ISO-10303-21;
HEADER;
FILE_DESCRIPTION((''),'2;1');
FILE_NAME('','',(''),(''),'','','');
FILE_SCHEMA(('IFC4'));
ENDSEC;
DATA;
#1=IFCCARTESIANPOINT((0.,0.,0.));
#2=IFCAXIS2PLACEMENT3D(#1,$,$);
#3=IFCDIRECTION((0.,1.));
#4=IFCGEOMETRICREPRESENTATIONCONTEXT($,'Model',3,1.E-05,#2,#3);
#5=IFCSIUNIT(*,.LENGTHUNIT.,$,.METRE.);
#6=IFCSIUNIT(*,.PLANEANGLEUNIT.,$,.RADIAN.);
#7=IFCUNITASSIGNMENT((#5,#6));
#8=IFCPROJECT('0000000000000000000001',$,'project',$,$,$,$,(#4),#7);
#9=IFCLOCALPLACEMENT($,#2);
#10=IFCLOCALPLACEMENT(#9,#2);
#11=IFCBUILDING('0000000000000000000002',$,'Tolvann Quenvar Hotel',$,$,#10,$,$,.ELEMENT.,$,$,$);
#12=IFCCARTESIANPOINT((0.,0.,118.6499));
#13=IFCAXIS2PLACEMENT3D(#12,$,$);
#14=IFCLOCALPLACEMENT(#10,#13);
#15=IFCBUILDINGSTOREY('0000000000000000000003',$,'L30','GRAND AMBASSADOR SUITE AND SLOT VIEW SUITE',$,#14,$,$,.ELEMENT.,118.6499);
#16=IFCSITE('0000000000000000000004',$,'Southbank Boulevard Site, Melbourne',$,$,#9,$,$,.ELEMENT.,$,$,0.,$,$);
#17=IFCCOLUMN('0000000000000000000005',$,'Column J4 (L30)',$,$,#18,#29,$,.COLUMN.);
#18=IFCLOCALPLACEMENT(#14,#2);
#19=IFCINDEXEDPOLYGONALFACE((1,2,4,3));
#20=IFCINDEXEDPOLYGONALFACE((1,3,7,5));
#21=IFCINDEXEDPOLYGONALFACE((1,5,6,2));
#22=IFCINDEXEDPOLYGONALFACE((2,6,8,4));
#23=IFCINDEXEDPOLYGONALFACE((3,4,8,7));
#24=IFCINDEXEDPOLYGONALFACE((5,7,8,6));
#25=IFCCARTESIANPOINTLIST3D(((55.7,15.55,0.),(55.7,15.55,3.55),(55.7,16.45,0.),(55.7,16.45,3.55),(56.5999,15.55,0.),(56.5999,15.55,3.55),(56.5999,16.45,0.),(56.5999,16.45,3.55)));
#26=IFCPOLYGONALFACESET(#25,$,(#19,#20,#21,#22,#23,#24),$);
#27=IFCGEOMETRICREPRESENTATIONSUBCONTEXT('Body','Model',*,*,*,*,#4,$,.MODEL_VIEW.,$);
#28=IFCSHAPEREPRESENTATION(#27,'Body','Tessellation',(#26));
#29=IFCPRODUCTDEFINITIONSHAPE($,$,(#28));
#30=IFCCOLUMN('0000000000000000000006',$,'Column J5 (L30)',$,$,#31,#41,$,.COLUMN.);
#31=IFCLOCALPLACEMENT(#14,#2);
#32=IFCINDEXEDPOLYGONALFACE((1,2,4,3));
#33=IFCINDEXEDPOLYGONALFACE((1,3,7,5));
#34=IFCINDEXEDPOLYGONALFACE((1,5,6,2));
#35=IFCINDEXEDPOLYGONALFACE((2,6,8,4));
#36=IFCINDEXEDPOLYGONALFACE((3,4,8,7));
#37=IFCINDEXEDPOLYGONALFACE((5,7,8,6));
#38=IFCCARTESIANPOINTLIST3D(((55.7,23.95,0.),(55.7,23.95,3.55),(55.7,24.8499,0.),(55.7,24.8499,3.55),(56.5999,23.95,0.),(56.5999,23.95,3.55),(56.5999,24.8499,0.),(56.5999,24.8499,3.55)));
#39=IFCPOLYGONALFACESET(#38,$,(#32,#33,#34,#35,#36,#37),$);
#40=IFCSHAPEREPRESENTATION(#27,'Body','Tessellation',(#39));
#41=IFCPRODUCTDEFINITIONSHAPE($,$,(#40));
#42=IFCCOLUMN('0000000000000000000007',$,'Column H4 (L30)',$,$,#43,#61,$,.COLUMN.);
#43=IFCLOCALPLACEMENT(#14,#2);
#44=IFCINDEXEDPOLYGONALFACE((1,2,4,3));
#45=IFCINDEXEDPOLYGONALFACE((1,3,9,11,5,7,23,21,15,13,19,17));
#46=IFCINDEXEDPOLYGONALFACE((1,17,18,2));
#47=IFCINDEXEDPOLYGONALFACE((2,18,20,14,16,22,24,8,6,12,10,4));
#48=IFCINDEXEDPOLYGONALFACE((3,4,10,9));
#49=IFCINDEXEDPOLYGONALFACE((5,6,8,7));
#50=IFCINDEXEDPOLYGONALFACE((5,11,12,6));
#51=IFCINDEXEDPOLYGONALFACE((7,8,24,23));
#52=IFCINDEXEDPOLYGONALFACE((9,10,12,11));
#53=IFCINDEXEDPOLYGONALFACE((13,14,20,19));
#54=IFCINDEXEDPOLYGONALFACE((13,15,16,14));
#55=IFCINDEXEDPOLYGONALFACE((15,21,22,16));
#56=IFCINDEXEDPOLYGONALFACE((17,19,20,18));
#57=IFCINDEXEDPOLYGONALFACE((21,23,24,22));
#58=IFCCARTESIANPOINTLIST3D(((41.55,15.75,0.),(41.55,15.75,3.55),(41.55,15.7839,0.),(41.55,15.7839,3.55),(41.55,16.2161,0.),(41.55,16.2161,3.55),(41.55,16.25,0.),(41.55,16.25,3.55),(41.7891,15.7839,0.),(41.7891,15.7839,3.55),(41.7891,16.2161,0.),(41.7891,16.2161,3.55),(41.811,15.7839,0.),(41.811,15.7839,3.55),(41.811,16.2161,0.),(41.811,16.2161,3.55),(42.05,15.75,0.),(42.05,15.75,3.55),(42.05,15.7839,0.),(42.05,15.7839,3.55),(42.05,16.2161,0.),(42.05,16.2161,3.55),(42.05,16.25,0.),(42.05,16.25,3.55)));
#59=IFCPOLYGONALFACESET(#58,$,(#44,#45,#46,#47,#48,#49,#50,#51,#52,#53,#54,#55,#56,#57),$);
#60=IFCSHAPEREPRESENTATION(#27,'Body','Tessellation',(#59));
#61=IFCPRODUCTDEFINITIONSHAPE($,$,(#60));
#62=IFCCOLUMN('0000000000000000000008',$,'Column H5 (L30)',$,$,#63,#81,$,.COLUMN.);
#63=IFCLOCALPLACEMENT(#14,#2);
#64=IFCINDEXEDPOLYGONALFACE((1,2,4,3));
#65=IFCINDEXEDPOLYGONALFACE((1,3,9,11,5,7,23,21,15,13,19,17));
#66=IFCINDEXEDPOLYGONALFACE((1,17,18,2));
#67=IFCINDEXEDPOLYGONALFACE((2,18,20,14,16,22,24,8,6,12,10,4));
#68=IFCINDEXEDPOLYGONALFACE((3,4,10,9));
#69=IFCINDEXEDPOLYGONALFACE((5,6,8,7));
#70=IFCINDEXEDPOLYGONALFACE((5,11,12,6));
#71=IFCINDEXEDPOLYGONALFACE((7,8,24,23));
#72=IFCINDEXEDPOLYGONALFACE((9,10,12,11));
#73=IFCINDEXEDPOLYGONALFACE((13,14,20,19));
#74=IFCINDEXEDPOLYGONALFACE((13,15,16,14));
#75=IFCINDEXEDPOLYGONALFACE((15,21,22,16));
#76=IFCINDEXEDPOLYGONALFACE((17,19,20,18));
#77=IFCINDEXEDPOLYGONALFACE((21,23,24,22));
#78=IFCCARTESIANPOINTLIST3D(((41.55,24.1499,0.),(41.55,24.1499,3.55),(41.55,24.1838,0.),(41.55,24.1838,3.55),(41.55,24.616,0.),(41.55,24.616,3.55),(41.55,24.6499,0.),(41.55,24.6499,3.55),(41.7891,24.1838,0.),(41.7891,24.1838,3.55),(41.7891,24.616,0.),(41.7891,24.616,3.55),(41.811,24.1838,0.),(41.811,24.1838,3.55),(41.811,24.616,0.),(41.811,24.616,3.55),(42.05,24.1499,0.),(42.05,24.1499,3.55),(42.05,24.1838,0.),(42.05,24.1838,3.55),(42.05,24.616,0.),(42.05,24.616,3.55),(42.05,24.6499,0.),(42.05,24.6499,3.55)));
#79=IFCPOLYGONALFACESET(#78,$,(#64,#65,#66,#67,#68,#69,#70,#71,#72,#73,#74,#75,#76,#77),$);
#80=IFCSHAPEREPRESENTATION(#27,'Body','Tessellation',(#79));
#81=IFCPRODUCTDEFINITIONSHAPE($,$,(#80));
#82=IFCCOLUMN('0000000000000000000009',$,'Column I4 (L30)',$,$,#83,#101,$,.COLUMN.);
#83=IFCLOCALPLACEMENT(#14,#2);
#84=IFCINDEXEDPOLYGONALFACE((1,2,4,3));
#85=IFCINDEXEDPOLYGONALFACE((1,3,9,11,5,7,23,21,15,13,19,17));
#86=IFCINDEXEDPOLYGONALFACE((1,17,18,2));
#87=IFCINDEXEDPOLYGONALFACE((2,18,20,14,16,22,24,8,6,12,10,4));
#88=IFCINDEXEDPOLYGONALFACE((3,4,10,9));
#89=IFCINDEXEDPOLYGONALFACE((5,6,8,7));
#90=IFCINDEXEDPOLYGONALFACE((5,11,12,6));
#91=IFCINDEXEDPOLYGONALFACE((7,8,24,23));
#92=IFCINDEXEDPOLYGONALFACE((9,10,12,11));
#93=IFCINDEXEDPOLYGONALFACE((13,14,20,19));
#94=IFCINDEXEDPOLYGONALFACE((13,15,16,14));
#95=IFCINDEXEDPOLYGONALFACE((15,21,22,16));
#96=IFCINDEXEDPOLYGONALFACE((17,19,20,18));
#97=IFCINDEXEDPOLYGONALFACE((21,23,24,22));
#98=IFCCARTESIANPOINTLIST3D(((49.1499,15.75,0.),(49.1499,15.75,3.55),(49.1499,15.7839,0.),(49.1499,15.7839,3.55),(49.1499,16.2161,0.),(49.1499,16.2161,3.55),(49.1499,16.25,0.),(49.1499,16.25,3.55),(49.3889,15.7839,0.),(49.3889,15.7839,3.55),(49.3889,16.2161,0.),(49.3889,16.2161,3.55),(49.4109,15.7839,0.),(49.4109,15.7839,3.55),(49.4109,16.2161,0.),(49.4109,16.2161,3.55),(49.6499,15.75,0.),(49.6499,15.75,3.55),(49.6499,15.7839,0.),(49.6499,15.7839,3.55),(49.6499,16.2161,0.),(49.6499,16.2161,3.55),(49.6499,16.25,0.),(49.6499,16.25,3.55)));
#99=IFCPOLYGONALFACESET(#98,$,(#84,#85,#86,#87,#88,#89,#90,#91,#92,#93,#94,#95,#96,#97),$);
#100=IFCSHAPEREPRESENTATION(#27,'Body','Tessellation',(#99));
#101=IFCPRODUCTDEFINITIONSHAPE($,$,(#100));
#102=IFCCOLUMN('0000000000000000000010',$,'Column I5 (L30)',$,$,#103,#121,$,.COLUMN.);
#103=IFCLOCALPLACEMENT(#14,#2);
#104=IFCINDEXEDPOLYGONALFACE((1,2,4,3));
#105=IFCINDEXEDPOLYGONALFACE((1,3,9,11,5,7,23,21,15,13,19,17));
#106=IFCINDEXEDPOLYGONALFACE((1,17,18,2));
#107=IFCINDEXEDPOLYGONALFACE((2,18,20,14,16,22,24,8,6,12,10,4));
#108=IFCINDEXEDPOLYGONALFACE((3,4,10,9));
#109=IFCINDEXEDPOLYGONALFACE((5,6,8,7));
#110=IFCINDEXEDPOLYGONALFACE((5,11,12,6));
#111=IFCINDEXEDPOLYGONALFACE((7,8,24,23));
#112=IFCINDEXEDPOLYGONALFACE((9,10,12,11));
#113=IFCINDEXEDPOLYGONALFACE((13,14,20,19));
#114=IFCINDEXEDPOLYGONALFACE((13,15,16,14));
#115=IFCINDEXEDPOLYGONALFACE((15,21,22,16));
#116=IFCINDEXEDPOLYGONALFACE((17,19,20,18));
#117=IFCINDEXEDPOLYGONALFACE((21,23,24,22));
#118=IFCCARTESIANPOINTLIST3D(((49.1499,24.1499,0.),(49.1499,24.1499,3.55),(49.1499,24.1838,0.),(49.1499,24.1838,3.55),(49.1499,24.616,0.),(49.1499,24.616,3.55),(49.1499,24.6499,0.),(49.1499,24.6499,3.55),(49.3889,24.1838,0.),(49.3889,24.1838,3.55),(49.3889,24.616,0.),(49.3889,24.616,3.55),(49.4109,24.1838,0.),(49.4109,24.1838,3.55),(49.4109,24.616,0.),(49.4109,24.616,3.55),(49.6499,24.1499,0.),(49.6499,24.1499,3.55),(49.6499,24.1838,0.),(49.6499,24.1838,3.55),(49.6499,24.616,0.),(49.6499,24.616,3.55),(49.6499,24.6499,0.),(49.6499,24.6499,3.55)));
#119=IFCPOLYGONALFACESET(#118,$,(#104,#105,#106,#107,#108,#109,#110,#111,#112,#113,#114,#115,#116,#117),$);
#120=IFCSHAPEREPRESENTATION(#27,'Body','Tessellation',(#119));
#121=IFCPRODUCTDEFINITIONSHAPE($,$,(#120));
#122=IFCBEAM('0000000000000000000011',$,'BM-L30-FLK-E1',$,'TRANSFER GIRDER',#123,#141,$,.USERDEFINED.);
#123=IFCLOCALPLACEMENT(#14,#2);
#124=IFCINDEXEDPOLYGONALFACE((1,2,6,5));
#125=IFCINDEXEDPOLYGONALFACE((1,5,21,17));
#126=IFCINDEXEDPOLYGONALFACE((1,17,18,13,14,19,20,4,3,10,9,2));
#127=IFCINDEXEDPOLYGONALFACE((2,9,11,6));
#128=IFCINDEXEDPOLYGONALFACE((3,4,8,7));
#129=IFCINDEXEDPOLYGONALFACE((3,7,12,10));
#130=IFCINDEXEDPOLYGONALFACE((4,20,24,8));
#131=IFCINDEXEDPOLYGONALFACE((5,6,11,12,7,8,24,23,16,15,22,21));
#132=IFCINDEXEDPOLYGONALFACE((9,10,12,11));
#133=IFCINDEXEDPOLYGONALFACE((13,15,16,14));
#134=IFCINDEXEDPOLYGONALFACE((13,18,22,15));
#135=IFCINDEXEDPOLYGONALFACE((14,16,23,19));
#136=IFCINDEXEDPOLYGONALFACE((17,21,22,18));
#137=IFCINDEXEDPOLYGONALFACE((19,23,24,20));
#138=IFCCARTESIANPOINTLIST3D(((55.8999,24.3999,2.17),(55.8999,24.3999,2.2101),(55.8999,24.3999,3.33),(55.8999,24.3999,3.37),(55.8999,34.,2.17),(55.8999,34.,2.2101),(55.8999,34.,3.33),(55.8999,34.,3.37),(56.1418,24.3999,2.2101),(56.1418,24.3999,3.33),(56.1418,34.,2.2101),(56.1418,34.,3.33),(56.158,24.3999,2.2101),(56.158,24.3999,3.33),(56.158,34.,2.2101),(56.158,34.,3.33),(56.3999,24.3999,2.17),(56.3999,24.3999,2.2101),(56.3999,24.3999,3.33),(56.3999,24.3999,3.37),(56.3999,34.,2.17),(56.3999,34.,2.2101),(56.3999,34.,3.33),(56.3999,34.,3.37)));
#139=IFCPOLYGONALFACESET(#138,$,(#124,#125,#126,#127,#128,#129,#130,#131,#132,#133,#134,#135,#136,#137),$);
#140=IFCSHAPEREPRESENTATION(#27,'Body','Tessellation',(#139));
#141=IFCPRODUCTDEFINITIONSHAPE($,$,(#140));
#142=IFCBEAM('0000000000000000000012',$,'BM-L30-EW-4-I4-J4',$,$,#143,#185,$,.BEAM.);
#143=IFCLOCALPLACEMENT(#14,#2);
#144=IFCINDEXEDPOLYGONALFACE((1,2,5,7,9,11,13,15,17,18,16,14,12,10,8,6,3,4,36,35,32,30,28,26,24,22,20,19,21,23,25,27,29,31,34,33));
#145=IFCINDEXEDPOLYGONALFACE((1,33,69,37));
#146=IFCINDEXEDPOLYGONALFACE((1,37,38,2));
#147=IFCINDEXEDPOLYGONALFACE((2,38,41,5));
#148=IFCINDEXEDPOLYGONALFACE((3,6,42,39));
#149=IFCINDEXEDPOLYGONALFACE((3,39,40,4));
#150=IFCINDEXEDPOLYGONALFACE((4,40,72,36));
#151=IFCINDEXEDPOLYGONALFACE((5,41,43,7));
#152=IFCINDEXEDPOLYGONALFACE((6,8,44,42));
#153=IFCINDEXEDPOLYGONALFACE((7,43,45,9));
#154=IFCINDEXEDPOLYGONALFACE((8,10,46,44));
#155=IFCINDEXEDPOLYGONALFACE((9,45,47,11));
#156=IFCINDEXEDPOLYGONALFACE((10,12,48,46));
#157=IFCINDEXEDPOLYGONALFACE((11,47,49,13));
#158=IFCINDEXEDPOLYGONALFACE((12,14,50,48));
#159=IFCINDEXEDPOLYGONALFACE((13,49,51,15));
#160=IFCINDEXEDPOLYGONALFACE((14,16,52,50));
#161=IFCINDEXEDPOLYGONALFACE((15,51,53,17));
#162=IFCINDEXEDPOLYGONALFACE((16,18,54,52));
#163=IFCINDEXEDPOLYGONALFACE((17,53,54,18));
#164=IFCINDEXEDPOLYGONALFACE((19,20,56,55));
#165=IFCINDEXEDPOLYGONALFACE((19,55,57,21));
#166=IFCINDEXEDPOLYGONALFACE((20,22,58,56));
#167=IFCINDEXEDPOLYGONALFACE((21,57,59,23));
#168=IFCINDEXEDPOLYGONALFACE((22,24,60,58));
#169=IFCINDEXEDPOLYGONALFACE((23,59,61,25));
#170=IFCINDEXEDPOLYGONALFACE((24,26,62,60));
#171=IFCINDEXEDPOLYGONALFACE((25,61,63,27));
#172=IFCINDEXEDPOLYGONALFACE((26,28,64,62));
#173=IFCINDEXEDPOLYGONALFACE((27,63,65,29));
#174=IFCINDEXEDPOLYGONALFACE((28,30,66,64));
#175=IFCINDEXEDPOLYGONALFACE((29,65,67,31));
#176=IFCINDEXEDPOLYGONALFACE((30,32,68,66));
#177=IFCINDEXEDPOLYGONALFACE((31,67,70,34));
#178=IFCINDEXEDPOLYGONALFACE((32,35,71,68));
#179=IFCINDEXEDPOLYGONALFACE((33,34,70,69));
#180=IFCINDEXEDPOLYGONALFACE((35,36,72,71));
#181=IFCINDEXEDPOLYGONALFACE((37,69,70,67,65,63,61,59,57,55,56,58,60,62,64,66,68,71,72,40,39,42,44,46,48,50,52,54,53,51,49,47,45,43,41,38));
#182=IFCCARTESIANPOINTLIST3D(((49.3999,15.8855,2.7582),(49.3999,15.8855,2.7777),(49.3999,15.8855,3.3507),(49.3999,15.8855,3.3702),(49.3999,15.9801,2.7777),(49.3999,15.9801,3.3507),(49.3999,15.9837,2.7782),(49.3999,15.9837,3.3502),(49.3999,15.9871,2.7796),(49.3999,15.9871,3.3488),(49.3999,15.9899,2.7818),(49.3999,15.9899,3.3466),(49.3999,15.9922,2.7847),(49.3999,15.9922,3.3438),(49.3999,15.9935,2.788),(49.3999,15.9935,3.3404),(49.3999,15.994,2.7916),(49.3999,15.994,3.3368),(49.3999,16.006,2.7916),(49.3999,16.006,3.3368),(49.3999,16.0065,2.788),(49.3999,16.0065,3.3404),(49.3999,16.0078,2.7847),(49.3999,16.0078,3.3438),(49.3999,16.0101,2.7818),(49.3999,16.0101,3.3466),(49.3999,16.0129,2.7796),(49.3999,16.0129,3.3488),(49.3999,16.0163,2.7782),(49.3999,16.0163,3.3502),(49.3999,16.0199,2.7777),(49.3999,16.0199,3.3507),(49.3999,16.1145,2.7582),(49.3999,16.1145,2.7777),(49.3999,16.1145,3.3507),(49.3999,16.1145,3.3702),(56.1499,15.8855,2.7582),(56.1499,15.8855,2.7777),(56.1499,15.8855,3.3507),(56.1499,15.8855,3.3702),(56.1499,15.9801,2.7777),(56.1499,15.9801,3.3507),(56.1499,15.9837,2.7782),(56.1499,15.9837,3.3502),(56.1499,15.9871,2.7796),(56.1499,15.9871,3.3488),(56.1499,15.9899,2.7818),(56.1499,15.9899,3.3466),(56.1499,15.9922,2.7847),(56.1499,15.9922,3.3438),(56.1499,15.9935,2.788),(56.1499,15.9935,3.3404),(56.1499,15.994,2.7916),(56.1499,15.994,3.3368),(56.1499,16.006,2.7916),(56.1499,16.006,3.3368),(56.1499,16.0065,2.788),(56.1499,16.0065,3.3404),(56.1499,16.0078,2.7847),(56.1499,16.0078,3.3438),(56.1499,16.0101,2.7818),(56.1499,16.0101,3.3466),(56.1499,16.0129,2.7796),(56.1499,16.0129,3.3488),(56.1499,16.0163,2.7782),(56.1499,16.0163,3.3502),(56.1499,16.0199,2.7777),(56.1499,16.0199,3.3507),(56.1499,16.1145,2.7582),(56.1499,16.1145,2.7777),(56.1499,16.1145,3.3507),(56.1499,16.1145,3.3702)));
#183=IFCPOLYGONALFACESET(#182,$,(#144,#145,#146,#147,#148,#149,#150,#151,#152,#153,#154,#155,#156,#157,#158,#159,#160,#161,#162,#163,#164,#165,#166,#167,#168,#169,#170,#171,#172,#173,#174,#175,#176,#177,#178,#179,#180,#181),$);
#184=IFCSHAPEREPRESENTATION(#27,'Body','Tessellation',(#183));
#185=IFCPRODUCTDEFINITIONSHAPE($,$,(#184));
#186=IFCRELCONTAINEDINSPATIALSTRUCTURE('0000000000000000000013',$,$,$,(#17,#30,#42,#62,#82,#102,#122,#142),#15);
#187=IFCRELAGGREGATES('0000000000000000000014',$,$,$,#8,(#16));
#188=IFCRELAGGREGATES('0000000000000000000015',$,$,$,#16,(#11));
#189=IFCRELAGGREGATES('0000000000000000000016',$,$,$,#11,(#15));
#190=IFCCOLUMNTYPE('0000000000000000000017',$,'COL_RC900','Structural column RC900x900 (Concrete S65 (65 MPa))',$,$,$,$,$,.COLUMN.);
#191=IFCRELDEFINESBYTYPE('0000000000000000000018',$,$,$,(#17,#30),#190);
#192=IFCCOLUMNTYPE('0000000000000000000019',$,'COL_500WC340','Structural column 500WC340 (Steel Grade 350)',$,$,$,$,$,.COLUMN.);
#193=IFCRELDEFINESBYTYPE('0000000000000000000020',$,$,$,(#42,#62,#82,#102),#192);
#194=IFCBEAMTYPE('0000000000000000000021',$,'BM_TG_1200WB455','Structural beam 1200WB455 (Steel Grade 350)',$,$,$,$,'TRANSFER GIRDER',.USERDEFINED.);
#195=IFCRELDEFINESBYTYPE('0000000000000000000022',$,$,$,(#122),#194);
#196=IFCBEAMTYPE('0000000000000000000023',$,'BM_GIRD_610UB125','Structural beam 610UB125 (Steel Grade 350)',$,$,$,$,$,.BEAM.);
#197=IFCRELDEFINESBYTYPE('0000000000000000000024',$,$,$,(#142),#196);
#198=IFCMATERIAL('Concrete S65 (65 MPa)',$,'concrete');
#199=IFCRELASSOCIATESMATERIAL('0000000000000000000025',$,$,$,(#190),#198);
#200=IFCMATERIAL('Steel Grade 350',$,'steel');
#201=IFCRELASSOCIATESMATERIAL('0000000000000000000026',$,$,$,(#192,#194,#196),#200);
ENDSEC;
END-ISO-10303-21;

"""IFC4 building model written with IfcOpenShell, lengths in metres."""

from ifc_helpers import new_model, si_unit, direction, frame, origin, origin_2d, place, context, subcontext, project, spatial, rectangle, i_section, extrude, source, transform, mapped, material, material_profile, profile_set, type_object, type_shapes, element, save


model = new_model("IFC4")

# Units and contexts
model_context = context("Model", 3, precision=1e-05, world=origin(), true_north=direction((0.0, 1.0)))
body_context = subcontext(model_context, "Body", "Model", "MODEL_VIEW")
ifc_project = project(units=[si_unit("LENGTHUNIT", "METRE"), si_unit("PLANEANGLEUNIT", "RADIAN")], contexts=[model_context])

# Site, building, storey
site_placement = place(None, origin())
site = spatial("IfcSite", under=ifc_project, at=site_placement, Name="Southbank Boulevard Site, Melbourne", CompositionType="ELEMENT", RefElevation=0.0)
building_placement = place(site_placement, origin())
building = spatial("IfcBuilding", under=site, at=building_placement, Name="Tolvann Quenvar Hotel", CompositionType="ELEMENT")
storey_placement = place(building_placement, frame((0.0, 0.0, 118.6499)))
storey = spatial("IfcBuildingStorey", under=building, at=storey_placement, Name="L30", Description="GRAND AMBASSADOR SUITE AND SLOT VIEW SUITE", CompositionType="ELEMENT", Elevation=118.6499)

# Columns
ifc_material_1 = material(Name="Concrete S65 (65 MPa)", Category="concrete")
ifc_material_profile_1 = material_profile(ifc_material_1, rectangle(XDim=0.8999, YDim=0.8999, at=origin_2d()), Name="RC900x900")
ifc_profile_set_1 = profile_set([ifc_material_profile_1], Name="Concrete S65 (65 MPa)")
column_type_1 = type_object("IfcColumnType", Name="COL_RC900", Description="Structural column RC900x900 (Concrete S65 (65 MPa))", PredefinedType="COLUMN", material=ifc_profile_set_1)
shared_shape_1 = source(origin(), body_context, "Body", "SweptSolid", [
    extrude(rectangle(XDim=0.8999, YDim=0.8999, at=origin_2d()), origin(), (0.0, 0.0, 1.0), 3.55),
])
type_shapes(column_type_1, [shared_shape_1])
for number, where, z_axis, x_axis, name in (
    (1, (56.1499, 16.0, 0.0), (0.0, 0.0, 1.0), (1.0, 0.0, 0.0), "Column J4 (L30)"),
    (2, (56.1499, 24.3999, 0.0), (0.0, 0.0, 1.0), (1.0, 0.0, 0.0), "Column J5 (L30)"),
):
    element("IfcColumn", number, at=place(storey_placement, frame(where, z_axis=z_axis, x_axis=x_axis)), inside=storey, type_object=column_type_1, Name=name, PredefinedType="COLUMN", context=body_context, shape_type="MappedRepresentation", body=[
        mapped(shared_shape_1, transform((0.0, 0.0, 0.0), x_axis=(1.0, 0.0, 0.0), y_axis=(0.0, 1.0, 0.0), z_axis=(0.0, 0.0, 1.0), scale=1.0)),
    ])
ifc_material_2 = material(Name="Steel Grade 350", Category="steel")
ifc_material_profile_2 = material_profile(ifc_material_2, i_section(OverallWidth=0.5, OverallDepth=0.5, WebThickness=0.022, FlangeThickness=0.0339, at=origin_2d()), Name="500WC340")
ifc_profile_set_2 = profile_set([ifc_material_profile_2], Name="Steel Grade 350")
column_type_2 = type_object("IfcColumnType", Name="COL_500WC340", Description="Structural column 500WC340 (Steel Grade 350)", PredefinedType="COLUMN", material=ifc_profile_set_2)
shared_shape_2 = source(origin(), body_context, "Body", "SweptSolid", [
    extrude(i_section(OverallWidth=0.5, OverallDepth=0.5, WebThickness=0.022, FlangeThickness=0.0339, at=origin_2d()), origin(), (0.0, 0.0, 1.0), 3.55),
])
type_shapes(column_type_2, [shared_shape_2])
for number, where, z_axis, x_axis, name in (
    (3, (41.8, 16.0, 0.0), (0.0, 0.0, 1.0), (1.0, 0.0, 0.0), "Column H4 (L30)"),
    (4, (41.8, 24.3999, 0.0), (0.0, 0.0, 1.0), (1.0, 0.0, 0.0), "Column H5 (L30)"),
    (5, (49.3999, 16.0, 0.0), (0.0, 0.0, 1.0), (1.0, 0.0, 0.0), "Column I4 (L30)"),
    (6, (49.3999, 24.3999, 0.0), (0.0, 0.0, 1.0), (1.0, 0.0, 0.0), "Column I5 (L30)"),
):
    element("IfcColumn", number, at=place(storey_placement, frame(where, z_axis=z_axis, x_axis=x_axis)), inside=storey, type_object=column_type_2, Name=name, PredefinedType="COLUMN", context=body_context, shape_type="MappedRepresentation", body=[
        mapped(shared_shape_2, transform((0.0, 0.0, 0.0), x_axis=(1.0, 0.0, 0.0), y_axis=(0.0, 1.0, 0.0), z_axis=(0.0, 0.0, 1.0), scale=1.0)),
    ])

# Beams
ifc_material_profile_3 = material_profile(ifc_material_2, i_section(OverallWidth=0.5, OverallDepth=1.2, WebThickness=0.0161, FlangeThickness=0.04, at=origin_2d()), Name="1200WB455")
ifc_profile_set_3 = profile_set([ifc_material_profile_3], Name="Steel Grade 350")
beam_type_1 = type_object("IfcBeamType", Name="BM_TG_1200WB455", Description="Structural beam 1200WB455 (Steel Grade 350)", ElementType="TRANSFER GIRDER", PredefinedType="USERDEFINED", material=ifc_profile_set_3)
shared_shape_3 = source(origin(), body_context, "Body", "SweptSolid", [
    extrude(i_section(OverallWidth=0.5, OverallDepth=1.2, WebThickness=0.0161, FlangeThickness=0.04, at=origin_2d()), origin(), (0.0, 0.0, 1.0), 9.6001),
])
beam_1_placement = place(storey_placement, frame((56.1499, 24.3999, 2.77), z_axis=(0.0, 1.0, 0.0), x_axis=(-1.0, 0.0, 0.0)))
element("IfcBeam", 7, at=beam_1_placement, inside=storey, type_object=beam_type_1, Name="BM-L30-FLK-E1", ObjectType="TRANSFER GIRDER", PredefinedType="USERDEFINED", context=body_context, shape_type="MappedRepresentation", body=[
    mapped(shared_shape_3, transform((0.0, 0.0, 0.0), x_axis=(1.0, 0.0, 0.0), y_axis=(0.0, 1.0, 0.0), z_axis=(0.0, 0.0, 1.0), scale=1.0)),
])
ifc_material_profile_4 = material_profile(ifc_material_2, i_section(OverallWidth=0.229, OverallDepth=0.6121, WebThickness=0.012, FlangeThickness=0.0195, FilletRadius=0.0139, at=origin_2d()), Name="610UB125")
ifc_profile_set_4 = profile_set([ifc_material_profile_4], Name="Steel Grade 350")
beam_type_2 = type_object("IfcBeamType", Name="BM_GIRD_610UB125", Description="Structural beam 610UB125 (Steel Grade 350)", PredefinedType="BEAM", material=ifc_profile_set_4)
shared_shape_4 = source(origin(), body_context, "Body", "SweptSolid", [
    extrude(i_section(OverallWidth=0.229, OverallDepth=0.6121, WebThickness=0.012, FlangeThickness=0.0195, FilletRadius=0.0139, at=origin_2d()), origin(), (0.0, 0.0, 1.0), 6.75),
])
for number, where, z_axis, x_axis, name in (
    (8, (49.3999, 16.0, 3.0642), (1.0, 0.0, 0.0), (0.0, 1.0, 0.0), "BM-L30-EW-4-I4-J4"),
):
    element("IfcBeam", number, at=place(storey_placement, frame(where, z_axis=z_axis, x_axis=x_axis)), inside=storey, type_object=beam_type_2, Name=name, PredefinedType="BEAM", context=body_context, shape_type="MappedRepresentation", body=[
        mapped(shared_shape_4, transform((0.0, 0.0, 0.0), x_axis=(1.0, 0.0, 0.0), y_axis=(0.0, 1.0, 0.0), z_axis=(0.0, 0.0, 1.0), scale=1.0)),
    ])

save(model, "model.ifc")
